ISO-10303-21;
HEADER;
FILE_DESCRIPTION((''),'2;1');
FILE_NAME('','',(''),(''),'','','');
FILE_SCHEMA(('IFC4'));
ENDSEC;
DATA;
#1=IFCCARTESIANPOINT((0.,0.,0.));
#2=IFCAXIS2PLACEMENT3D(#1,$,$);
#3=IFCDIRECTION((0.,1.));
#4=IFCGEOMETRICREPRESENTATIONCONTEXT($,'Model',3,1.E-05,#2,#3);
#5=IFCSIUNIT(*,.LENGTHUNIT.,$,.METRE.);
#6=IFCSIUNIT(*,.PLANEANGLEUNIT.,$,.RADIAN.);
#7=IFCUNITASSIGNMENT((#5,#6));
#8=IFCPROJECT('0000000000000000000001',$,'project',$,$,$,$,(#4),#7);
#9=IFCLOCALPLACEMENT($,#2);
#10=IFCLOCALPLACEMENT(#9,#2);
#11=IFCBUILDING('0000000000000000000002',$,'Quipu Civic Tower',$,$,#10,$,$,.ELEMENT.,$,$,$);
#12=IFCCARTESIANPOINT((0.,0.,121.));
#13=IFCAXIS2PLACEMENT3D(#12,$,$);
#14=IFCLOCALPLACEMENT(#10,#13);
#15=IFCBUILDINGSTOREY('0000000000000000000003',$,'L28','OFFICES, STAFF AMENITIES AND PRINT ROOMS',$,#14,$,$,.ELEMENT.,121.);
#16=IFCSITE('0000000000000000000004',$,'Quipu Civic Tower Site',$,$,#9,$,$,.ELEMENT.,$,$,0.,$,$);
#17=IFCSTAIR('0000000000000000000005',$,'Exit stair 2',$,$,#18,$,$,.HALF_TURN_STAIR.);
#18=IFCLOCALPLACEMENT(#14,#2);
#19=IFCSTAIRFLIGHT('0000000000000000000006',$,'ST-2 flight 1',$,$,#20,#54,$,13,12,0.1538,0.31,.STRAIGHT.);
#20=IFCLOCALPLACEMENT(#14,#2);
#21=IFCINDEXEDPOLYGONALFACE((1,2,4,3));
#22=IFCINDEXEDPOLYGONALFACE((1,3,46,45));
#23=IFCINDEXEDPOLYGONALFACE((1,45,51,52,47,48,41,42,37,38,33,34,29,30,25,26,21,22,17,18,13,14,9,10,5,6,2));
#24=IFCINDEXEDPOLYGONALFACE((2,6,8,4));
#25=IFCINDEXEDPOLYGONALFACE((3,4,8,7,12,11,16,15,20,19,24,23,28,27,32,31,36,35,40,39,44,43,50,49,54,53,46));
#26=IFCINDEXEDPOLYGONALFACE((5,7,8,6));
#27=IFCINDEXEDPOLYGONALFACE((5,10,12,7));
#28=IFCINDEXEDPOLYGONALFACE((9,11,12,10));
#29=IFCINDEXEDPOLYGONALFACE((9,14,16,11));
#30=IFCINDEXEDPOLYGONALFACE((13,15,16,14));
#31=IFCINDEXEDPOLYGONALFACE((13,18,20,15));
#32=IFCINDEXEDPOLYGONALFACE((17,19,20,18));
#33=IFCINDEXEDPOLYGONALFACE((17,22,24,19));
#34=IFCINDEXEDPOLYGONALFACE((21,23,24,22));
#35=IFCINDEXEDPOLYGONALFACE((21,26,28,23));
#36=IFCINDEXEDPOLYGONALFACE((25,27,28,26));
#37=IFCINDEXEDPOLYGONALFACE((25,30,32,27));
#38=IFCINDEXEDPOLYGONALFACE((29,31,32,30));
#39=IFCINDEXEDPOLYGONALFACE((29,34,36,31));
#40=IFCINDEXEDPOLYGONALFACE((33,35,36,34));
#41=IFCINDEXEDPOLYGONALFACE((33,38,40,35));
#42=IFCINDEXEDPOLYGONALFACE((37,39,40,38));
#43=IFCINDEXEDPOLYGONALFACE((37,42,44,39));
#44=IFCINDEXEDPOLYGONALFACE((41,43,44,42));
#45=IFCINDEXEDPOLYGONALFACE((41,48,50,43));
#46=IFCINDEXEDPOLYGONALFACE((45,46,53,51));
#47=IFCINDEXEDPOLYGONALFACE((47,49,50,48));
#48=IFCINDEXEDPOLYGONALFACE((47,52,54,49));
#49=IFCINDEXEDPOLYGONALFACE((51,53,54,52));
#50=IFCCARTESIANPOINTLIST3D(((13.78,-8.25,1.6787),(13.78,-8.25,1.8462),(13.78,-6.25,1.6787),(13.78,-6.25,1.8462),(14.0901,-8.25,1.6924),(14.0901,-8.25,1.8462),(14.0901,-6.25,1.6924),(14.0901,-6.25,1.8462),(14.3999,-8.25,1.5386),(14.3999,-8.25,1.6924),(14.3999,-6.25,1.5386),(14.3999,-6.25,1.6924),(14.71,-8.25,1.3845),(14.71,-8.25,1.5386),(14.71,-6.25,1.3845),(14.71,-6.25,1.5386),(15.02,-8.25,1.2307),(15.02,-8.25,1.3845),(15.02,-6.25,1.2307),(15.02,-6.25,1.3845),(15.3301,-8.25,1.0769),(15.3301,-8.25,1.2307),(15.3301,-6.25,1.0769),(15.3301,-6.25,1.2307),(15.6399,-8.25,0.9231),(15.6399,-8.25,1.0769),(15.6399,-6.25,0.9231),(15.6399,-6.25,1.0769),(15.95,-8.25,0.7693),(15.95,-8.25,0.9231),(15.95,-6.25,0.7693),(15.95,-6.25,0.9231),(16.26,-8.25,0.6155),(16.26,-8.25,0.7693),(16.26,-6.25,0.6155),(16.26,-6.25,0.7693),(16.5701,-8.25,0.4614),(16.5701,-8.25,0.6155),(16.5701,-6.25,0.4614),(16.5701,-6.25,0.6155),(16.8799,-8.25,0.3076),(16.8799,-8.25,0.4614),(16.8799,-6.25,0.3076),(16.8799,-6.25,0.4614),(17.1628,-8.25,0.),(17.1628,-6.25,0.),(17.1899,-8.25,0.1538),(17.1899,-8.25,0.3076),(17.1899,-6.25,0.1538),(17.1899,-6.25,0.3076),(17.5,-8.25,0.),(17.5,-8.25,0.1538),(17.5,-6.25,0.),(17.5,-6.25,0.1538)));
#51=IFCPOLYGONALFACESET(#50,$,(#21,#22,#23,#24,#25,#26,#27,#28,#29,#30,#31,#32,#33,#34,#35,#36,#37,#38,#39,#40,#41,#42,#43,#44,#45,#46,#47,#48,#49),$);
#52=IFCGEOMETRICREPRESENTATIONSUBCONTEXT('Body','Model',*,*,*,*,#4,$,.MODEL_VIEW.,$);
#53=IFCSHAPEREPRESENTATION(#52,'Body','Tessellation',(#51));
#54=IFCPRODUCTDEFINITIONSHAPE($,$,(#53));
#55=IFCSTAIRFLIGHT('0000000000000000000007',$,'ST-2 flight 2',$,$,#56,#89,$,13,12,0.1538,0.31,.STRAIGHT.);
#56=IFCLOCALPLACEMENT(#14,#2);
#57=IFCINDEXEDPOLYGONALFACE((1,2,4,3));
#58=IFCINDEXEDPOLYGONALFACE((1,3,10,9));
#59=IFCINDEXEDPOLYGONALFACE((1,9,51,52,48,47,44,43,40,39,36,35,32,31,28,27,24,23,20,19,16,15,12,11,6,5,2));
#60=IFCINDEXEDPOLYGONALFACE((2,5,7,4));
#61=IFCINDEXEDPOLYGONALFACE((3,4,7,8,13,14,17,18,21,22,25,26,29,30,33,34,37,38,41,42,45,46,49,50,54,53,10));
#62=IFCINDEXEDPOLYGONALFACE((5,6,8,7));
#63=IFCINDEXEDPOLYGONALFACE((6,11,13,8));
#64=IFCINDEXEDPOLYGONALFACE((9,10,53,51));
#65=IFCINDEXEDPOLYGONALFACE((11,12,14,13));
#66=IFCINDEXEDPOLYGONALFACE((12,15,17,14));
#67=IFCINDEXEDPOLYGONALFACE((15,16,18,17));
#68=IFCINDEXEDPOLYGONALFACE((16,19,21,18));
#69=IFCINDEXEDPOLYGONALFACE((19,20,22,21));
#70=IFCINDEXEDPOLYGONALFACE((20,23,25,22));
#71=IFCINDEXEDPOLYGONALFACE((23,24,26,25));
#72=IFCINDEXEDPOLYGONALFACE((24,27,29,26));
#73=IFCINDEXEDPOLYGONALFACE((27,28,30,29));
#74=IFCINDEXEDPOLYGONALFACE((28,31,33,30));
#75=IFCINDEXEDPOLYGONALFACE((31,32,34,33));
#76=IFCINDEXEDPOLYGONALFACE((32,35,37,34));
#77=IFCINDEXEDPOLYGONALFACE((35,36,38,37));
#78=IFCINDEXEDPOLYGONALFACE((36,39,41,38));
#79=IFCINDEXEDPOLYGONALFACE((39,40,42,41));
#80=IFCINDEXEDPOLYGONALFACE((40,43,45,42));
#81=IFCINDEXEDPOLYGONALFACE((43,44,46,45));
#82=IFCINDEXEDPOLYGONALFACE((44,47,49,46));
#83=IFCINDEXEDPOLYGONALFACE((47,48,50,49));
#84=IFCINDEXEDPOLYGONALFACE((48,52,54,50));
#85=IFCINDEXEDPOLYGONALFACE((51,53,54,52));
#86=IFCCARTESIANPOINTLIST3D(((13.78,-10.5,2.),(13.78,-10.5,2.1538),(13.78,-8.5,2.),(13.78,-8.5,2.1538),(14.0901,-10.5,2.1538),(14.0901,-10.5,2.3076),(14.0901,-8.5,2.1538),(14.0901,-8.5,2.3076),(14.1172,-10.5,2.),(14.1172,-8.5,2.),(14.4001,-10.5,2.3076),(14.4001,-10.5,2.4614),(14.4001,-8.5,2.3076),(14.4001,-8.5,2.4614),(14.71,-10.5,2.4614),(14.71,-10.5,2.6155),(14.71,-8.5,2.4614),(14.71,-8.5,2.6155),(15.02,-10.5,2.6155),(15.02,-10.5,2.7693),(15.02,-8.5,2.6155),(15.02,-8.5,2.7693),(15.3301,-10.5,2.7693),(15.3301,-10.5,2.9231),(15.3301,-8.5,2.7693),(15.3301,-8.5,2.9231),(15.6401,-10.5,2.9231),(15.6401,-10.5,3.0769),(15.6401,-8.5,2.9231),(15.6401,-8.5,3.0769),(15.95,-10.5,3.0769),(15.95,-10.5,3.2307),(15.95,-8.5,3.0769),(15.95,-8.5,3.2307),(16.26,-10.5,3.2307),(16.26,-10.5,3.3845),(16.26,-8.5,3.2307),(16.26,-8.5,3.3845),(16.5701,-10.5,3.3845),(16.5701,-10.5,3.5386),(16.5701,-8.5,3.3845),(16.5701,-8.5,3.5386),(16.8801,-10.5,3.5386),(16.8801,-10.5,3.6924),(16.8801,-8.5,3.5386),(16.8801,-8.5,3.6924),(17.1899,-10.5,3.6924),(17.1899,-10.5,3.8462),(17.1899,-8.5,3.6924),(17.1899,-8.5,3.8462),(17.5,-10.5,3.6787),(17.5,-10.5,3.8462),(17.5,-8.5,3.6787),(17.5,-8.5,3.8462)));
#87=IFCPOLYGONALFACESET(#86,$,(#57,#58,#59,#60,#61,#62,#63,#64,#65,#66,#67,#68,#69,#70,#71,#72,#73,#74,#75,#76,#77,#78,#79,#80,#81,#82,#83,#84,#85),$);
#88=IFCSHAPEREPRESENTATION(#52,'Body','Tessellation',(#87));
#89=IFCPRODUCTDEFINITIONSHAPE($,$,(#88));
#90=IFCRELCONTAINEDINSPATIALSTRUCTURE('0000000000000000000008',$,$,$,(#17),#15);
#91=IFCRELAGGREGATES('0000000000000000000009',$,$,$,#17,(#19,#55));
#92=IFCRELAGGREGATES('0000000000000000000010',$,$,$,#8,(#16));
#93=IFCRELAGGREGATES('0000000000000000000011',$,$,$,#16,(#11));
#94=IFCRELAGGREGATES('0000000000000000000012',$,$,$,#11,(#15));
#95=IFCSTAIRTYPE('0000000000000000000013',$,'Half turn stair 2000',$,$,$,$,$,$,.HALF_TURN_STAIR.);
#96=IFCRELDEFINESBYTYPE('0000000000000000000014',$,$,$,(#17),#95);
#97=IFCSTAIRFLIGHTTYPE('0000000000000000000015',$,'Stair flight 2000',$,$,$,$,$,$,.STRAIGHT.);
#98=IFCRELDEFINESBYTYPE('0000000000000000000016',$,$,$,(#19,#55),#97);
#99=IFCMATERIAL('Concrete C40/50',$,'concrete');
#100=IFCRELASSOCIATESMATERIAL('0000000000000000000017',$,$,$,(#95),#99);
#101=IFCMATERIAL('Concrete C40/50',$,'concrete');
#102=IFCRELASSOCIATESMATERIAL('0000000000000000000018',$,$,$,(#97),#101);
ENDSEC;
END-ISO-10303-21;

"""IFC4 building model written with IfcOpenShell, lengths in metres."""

from ifc_helpers import new_model, si_unit, direction, frame, origin, place, context, subcontext, project, spatial, polyline, outline, extrude, material, type_object, element, aggregate, save


model = new_model("IFC4")

# Units and contexts
model_context = context("Model", 3, precision=1e-05, world=origin(), true_north=direction((0.0, 1.0)))
body_context = subcontext(model_context, "Body", "Model", "MODEL_VIEW")
ifc_project = project(units=[si_unit("LENGTHUNIT", "METRE"), si_unit("PLANEANGLEUNIT", "RADIAN")], contexts=[model_context])

# Site, building, storey
site_placement = place(None, origin())
site = spatial("IfcSite", under=ifc_project, at=site_placement, Name="Quipu Civic Tower Site", CompositionType="ELEMENT", RefElevation=0.0)
building_placement = place(site_placement, origin())
building = spatial("IfcBuilding", under=site, at=building_placement, Name="Quipu Civic Tower", CompositionType="ELEMENT")
storey_placement = place(building_placement, frame((0.0, 0.0, 121.0)))
storey = spatial("IfcBuildingStorey", under=building, at=storey_placement, Name="L28", Description="OFFICES, STAFF AMENITIES AND PRINT ROOMS", CompositionType="ELEMENT", Elevation=121.0)

# Stair, stair flights
ifc_material_1 = material(Name="Concrete C40/50", Category="concrete")
stair_type = type_object("IfcStairType", Name="Half turn stair 2000", PredefinedType="HALF_TURN_STAIR", material=ifc_material_1)
stair_placement = place(storey_placement, origin())
stair = element("IfcStair", 1, at=stair_placement, inside=storey, type_object=stair_type, Name="Exit stair 2", PredefinedType="HALF_TURN_STAIR")
ifc_material_2 = material(Name="Concrete C40/50", Category="concrete")
stair_flight_type = type_object("IfcStairFlightType", Name="Stair flight 2000", PredefinedType="STRAIGHT", material=ifc_material_2)
stair_flight_1_placement = place(storey_placement, frame((17.5, -7.25, 0.0), z_axis=(0.0, 0.0, 1.0), x_axis=(-1.0, 0.0, 0.0)))
stair_flight_1 = element("IfcStairFlight", 2, at=stair_flight_1_placement, type_object=stair_flight_type, Name="ST-2 flight 1", NumberOfRisers=13, NumberOfTreads=12, PredefinedType="STRAIGHT", RiserHeight=0.1538, TreadLength=0.31, context=body_context, shape_type="SweptSolid", body=[
    extrude(outline(polyline([(0.0, 0.0), (0.0, 0.1538), (0.3101, 0.1538), (0.3101, 0.3076), (0.6201, 0.3076), (0.6201, 0.4614), (0.9299, 0.4614), (0.9299, 0.6155), (1.24, 0.6155), (1.24, 0.7693), (1.55, 0.7693), (1.55, 0.9231), (1.8601, 0.9231), (1.8601, 1.0769), (2.1699, 1.0769), (2.1699, 1.2307), (2.48, 1.2307), (2.48, 1.3845), (2.79, 1.3845), (2.79, 1.5386), (3.1001, 1.5386), (3.1001, 1.6924), (3.4099, 1.6924), (3.4099, 1.8462), (3.72, 1.8462), (3.72, 2.0), (3.72, 1.6787), (0.3372, 0.0), (0.0, 0.0)])), frame((0.0, 1.0, 0.0), z_axis=(0.0, -1.0, 0.0), x_axis=(1.0, 0.0, 0.0)), (0.0, 0.0, 1.0), 2.0),
])
stair_flight_2_placement = place(storey_placement, frame((13.78, -9.5, 2.0), z_axis=(0.0, 0.0, 1.0), x_axis=(1.0, 0.0, 0.0)))
stair_flight_2 = element("IfcStairFlight", 3, at=stair_flight_2_placement, type_object=stair_flight_type, Name="ST-2 flight 2", NumberOfRisers=13, NumberOfTreads=12, PredefinedType="STRAIGHT", RiserHeight=0.1538, TreadLength=0.31, context=body_context, shape_type="SweptSolid", body=[
    extrude(outline(polyline([(0.0, 0.0), (0.0, 0.1538), (0.3101, 0.1538), (0.3101, 0.3076), (0.6201, 0.3076), (0.6201, 0.4614), (0.9299, 0.4614), (0.9299, 0.6155), (1.24, 0.6155), (1.24, 0.7693), (1.55, 0.7693), (1.55, 0.9231), (1.8601, 0.9231), (1.8601, 1.0769), (2.1699, 1.0769), (2.1699, 1.2307), (2.48, 1.2307), (2.48, 1.3845), (2.79, 1.3845), (2.79, 1.5386), (3.1001, 1.5386), (3.1001, 1.6924), (3.4099, 1.6924), (3.4099, 1.8462), (3.72, 1.8462), (3.72, 2.0), (3.72, 1.6787), (0.3372, 0.0), (0.0, 0.0)])), frame((0.0, 1.0, 0.0), z_axis=(0.0, -1.0, 0.0), x_axis=(1.0, 0.0, 0.0)), (0.0, 0.0, 1.0), 2.0),
])
aggregate(stair, [stair_flight_1, stair_flight_2])

save(model, "model.ifc")
